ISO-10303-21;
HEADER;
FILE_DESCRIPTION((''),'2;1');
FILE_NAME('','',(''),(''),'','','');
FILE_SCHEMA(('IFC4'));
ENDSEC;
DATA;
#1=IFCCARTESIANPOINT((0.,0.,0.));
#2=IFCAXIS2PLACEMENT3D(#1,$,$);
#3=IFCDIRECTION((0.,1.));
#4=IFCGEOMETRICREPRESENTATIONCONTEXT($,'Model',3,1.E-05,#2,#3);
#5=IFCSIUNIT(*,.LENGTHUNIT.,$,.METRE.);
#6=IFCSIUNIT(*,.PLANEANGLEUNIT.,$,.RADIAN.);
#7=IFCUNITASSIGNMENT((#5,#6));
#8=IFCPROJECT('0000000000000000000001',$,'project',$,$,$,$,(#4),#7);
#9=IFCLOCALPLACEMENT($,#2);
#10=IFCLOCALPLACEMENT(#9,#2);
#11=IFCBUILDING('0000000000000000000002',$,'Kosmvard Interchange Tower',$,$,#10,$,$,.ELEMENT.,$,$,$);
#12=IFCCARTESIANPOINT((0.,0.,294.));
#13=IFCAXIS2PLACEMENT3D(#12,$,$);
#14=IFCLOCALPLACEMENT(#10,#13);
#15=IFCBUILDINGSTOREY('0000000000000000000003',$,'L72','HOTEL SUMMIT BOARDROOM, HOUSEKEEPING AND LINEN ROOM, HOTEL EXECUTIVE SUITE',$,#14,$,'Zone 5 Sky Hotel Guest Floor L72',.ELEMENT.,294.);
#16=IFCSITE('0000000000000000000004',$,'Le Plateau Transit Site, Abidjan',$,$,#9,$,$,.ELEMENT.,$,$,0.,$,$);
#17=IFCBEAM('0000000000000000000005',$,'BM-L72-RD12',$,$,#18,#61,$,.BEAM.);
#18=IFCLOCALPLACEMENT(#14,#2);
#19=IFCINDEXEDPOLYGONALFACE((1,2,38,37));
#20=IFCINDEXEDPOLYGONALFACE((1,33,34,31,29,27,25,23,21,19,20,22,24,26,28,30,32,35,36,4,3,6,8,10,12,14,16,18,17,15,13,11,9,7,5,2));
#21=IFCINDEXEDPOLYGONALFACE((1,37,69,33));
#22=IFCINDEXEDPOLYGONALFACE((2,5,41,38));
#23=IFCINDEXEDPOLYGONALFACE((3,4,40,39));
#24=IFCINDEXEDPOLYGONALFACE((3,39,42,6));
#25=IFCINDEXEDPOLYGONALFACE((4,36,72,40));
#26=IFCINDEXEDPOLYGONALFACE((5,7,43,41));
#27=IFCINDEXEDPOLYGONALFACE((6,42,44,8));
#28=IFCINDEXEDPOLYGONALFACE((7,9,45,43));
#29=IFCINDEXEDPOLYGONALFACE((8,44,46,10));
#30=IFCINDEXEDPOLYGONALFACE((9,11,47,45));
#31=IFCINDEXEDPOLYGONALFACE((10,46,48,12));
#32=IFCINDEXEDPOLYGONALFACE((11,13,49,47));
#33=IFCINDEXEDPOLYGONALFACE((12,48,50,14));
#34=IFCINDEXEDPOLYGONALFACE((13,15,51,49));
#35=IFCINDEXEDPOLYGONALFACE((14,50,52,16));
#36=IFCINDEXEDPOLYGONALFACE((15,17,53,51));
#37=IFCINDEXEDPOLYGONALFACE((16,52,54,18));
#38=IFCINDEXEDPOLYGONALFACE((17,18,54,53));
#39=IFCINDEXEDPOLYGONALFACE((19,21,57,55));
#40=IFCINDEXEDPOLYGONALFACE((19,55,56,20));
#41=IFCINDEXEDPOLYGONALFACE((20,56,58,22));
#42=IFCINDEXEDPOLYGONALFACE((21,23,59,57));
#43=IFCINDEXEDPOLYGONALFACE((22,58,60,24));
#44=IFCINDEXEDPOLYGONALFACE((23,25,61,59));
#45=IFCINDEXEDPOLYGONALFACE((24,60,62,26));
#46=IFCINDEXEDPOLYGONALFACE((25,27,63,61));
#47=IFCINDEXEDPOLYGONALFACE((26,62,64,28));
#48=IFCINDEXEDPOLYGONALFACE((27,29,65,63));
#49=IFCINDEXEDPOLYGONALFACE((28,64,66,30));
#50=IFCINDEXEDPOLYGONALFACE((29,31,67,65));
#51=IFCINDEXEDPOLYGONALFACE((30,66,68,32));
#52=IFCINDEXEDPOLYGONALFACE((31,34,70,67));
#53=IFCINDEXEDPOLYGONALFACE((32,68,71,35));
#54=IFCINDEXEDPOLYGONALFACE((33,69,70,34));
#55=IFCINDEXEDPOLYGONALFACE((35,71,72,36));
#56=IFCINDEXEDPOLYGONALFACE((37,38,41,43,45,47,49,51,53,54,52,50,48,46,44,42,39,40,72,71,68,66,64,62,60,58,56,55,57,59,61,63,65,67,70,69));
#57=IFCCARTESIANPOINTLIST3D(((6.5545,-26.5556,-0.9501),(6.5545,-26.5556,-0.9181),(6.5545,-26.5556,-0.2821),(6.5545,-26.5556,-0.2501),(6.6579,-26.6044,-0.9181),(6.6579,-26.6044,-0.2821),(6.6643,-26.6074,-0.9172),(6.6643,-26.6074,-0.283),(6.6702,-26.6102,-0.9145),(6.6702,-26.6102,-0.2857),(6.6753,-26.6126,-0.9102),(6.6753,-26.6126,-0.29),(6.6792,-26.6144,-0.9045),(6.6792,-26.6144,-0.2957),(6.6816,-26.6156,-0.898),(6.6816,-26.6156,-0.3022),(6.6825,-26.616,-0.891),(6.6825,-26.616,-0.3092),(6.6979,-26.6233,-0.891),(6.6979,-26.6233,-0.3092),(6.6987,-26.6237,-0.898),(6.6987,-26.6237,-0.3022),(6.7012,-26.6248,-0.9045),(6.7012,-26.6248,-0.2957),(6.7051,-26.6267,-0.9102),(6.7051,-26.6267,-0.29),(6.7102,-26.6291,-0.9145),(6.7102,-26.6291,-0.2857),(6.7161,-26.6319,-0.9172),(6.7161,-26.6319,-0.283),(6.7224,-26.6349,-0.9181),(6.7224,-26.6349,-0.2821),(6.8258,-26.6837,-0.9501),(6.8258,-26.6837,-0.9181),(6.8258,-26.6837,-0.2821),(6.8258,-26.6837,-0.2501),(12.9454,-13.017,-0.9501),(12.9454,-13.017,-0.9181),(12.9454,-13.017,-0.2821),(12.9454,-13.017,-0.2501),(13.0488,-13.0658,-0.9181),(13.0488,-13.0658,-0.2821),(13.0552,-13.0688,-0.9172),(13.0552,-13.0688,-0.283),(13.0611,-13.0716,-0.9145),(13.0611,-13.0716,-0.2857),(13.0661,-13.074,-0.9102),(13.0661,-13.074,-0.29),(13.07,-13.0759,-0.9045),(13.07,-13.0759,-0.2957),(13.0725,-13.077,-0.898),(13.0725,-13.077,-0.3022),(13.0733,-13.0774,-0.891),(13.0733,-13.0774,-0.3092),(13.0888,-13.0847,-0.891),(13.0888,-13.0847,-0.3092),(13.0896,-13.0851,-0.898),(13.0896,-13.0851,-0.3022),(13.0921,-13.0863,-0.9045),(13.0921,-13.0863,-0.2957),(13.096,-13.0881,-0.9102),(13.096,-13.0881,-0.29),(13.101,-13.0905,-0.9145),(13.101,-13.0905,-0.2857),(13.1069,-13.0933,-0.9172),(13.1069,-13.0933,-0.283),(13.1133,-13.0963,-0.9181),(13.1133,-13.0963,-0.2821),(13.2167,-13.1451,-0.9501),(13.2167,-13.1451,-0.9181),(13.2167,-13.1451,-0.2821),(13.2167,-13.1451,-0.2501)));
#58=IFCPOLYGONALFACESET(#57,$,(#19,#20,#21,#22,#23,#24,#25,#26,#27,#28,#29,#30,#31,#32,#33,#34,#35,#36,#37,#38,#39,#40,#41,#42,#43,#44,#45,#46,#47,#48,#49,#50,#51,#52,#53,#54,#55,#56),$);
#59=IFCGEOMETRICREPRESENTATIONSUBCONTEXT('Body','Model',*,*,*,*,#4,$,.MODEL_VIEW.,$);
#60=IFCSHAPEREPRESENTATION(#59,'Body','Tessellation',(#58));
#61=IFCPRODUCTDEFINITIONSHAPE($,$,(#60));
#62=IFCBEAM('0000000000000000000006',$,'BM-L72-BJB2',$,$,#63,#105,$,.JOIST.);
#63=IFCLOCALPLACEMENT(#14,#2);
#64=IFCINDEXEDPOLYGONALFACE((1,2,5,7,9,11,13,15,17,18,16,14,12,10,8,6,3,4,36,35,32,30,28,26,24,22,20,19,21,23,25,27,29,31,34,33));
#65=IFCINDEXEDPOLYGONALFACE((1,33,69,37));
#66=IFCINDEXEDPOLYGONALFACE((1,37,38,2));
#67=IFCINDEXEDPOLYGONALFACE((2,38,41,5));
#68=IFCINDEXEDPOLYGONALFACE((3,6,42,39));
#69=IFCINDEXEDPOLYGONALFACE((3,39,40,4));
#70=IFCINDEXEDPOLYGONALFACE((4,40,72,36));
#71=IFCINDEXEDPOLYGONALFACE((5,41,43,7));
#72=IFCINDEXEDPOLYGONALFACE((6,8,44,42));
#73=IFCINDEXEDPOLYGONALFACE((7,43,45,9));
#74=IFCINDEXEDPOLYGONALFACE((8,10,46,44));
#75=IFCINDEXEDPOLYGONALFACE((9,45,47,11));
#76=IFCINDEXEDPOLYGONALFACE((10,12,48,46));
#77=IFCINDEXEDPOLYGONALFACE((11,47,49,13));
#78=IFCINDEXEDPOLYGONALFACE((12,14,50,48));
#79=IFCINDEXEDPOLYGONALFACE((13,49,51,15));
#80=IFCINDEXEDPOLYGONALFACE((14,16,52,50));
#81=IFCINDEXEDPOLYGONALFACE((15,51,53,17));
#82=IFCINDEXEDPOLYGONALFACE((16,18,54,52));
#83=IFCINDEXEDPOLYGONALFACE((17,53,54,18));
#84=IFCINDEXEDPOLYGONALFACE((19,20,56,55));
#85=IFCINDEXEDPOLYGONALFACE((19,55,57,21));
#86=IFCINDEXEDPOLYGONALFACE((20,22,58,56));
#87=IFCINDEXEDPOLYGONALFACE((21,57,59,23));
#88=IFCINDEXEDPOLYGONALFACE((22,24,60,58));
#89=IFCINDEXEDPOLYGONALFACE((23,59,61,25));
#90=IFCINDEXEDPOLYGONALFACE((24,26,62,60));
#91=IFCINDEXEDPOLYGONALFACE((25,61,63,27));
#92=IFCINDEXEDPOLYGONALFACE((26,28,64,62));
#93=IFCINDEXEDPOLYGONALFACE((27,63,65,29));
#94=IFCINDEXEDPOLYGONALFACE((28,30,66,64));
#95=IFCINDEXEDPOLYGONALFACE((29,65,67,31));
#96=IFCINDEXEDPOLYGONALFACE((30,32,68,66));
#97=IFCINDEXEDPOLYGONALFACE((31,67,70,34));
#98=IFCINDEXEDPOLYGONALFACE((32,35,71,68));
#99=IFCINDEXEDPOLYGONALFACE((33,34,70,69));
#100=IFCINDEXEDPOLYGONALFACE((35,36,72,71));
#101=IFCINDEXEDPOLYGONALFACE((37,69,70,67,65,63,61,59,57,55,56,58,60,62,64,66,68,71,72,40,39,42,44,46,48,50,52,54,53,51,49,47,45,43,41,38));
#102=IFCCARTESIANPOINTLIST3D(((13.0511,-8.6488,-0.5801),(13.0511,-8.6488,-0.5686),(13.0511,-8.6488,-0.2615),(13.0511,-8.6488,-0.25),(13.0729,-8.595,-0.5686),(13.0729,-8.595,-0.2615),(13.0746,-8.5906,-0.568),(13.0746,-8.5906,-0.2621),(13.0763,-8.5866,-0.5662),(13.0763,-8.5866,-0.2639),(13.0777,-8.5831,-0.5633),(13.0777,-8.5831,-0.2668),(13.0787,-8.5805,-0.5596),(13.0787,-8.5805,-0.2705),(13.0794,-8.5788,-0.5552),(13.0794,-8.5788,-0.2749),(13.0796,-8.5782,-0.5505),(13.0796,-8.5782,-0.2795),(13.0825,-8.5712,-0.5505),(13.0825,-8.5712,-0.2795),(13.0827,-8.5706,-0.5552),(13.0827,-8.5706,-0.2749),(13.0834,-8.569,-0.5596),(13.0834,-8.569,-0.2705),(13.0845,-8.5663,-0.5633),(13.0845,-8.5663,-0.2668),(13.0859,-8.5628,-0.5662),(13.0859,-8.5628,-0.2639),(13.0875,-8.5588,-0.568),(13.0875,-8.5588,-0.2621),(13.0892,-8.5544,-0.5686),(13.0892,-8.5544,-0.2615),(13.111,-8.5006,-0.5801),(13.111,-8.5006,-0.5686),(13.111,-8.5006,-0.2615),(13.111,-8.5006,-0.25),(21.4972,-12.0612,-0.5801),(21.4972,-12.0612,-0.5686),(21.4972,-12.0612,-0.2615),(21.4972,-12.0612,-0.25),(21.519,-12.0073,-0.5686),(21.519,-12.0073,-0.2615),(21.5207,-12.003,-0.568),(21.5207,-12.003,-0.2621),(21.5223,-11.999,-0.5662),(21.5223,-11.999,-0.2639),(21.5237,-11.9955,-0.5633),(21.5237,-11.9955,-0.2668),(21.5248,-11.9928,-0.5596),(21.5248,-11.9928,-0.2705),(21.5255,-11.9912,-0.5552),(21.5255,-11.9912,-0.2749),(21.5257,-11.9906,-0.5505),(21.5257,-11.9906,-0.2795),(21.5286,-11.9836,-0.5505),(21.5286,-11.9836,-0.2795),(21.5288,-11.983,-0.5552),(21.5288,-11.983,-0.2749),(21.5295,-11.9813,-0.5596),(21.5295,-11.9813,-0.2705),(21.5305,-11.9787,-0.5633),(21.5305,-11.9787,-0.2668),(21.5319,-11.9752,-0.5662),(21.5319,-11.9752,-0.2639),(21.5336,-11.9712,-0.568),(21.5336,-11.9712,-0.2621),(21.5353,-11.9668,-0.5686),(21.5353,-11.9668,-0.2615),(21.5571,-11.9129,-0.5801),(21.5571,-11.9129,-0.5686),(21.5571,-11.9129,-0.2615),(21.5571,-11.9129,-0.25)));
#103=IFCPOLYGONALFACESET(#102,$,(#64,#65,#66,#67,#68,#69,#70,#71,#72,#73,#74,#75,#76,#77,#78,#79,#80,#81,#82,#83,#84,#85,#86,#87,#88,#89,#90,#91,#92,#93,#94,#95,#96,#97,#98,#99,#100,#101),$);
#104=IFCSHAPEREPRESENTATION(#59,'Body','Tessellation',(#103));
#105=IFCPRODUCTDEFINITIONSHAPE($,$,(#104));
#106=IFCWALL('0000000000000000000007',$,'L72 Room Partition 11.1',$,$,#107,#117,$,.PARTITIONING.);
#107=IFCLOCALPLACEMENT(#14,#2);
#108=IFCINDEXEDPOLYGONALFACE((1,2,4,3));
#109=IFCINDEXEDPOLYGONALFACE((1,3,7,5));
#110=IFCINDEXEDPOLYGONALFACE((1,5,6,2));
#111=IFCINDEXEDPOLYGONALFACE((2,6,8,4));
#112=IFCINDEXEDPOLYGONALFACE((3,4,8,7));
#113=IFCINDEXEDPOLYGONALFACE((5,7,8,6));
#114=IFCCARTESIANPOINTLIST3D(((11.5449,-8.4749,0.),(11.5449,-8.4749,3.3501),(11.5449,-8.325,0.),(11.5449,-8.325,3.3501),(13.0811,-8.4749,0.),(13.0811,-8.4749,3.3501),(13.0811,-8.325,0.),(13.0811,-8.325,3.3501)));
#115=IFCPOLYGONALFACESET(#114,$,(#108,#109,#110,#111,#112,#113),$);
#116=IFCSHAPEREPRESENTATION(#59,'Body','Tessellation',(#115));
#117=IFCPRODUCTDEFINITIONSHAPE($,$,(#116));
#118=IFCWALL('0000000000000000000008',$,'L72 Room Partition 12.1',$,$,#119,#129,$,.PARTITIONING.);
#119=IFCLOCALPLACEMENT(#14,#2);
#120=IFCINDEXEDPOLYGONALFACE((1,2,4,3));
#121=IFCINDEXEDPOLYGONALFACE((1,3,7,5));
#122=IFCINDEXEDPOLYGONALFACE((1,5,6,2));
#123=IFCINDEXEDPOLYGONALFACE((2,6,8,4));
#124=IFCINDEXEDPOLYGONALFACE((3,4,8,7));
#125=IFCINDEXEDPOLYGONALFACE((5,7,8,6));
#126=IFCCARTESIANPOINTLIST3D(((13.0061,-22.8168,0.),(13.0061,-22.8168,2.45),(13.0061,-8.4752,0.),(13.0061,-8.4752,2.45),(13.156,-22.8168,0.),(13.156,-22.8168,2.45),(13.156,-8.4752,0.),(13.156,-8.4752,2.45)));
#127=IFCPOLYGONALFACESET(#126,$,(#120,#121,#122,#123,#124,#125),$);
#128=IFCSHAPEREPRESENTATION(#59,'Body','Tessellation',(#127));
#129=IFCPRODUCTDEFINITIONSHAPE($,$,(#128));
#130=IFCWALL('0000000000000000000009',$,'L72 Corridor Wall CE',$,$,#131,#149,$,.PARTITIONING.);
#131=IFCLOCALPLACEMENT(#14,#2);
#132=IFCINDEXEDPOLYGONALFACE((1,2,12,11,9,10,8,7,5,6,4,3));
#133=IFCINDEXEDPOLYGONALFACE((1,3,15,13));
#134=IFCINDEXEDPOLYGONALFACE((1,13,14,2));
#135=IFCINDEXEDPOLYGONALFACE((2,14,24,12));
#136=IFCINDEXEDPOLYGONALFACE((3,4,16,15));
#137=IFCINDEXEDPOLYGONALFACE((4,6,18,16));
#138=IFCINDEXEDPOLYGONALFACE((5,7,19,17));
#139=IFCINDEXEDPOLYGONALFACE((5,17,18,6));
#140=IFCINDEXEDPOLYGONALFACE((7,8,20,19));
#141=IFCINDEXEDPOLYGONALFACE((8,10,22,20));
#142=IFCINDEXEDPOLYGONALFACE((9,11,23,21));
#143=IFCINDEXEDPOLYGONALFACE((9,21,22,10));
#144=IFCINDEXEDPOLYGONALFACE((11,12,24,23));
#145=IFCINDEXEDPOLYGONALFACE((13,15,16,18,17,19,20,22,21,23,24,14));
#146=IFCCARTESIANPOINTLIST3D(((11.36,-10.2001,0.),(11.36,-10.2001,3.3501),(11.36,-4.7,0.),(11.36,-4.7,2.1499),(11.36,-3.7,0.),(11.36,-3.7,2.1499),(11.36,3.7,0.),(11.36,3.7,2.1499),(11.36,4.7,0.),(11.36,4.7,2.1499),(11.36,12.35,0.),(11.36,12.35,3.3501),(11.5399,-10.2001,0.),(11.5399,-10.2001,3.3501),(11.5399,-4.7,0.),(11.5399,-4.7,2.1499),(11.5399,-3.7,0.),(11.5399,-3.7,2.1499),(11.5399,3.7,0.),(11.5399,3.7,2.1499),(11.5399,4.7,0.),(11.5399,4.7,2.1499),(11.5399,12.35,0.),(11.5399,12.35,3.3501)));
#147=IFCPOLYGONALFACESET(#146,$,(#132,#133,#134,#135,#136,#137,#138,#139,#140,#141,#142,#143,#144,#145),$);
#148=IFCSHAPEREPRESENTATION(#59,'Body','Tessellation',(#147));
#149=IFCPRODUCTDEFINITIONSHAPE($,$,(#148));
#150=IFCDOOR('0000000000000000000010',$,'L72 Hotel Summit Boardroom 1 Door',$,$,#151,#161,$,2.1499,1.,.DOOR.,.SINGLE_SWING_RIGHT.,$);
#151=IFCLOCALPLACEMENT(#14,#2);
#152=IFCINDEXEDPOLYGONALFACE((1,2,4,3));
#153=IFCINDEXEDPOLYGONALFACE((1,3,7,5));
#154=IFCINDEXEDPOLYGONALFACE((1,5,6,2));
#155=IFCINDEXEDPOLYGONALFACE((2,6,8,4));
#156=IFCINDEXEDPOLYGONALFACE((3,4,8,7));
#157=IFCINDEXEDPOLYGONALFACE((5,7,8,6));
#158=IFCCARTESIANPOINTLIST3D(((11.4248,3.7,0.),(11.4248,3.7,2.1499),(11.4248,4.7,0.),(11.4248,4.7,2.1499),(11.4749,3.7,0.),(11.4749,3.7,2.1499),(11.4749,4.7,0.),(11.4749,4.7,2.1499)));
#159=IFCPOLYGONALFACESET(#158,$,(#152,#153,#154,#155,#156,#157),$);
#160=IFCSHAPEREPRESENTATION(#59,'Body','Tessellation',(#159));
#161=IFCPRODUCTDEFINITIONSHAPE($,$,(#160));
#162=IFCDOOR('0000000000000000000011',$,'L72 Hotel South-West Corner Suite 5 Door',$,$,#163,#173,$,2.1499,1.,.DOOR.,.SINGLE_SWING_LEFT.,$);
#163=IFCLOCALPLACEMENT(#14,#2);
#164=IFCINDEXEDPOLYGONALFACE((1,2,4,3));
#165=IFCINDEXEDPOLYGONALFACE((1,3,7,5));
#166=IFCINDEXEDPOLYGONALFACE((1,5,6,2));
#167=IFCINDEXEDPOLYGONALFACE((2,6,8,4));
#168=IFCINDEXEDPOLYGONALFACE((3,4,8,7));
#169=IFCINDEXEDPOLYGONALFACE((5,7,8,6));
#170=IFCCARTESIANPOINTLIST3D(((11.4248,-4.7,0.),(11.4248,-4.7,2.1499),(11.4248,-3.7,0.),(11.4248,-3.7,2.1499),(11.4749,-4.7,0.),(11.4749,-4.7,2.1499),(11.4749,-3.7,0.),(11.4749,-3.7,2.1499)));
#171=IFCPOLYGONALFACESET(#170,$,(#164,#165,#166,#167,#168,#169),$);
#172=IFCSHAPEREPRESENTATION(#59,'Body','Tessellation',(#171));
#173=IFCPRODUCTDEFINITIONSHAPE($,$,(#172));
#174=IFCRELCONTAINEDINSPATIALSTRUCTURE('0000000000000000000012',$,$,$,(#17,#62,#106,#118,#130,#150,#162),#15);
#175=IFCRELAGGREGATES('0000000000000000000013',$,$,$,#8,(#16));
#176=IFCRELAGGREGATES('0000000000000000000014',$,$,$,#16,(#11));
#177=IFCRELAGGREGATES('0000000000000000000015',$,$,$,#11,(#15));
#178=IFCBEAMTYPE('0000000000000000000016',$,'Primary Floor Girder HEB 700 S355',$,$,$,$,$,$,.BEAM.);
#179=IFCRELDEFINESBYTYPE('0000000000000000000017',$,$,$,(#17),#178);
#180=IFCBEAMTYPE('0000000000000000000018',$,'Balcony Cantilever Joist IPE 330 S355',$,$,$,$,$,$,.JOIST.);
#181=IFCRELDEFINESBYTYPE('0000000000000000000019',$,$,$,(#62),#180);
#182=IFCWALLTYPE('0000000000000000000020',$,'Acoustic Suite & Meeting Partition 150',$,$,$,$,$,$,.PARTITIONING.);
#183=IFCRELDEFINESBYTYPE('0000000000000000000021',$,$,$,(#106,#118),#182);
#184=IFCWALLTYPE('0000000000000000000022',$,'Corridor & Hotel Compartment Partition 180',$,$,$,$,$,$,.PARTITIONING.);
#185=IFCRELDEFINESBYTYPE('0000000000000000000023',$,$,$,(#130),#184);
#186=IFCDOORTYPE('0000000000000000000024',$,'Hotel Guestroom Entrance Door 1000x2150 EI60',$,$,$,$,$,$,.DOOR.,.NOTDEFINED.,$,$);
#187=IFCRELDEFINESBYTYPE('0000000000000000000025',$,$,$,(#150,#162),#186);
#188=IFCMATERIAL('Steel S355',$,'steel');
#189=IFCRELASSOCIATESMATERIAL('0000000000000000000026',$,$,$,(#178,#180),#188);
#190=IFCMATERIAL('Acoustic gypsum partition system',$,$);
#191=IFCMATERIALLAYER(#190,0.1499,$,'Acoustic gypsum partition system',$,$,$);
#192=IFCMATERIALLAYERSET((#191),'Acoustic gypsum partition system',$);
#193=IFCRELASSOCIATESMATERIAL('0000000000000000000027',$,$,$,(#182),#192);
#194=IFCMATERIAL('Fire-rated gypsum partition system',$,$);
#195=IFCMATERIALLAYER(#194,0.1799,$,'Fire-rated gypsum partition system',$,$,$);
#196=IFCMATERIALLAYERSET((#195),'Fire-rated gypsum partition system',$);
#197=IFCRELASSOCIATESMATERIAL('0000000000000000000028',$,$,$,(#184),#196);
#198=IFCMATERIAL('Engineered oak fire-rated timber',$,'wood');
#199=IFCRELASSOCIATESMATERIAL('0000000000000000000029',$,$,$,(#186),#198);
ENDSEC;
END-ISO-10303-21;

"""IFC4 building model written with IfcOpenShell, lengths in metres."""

from ifc_helpers import new_model, si_unit, direction, frame, frame_2d, origin, origin_2d, place, context, subcontext, project, spatial, rectangle, i_section, extrude, source, transform, mapped, material, layer, layer_set, material_profile, profile_set, type_object, element, fill, save


model = new_model("IFC4")

# Units and contexts
model_context = context("Model", 3, precision=1e-05, world=origin(), true_north=direction((0.0, 1.0)))
body_context = subcontext(model_context, "Body", "Model", "MODEL_VIEW")
ifc_project = project(units=[si_unit("LENGTHUNIT", "METRE"), si_unit("PLANEANGLEUNIT", "RADIAN")], contexts=[model_context])

# Site, building, storey
site_placement = place(None, origin())
site = spatial("IfcSite", under=ifc_project, at=site_placement, Name="Le Plateau Transit Site, Abidjan", CompositionType="ELEMENT", RefElevation=0.0)
building_placement = place(site_placement, origin())
building = spatial("IfcBuilding", under=site, at=building_placement, Name="Kosmvard Interchange Tower", CompositionType="ELEMENT")
storey_placement = place(building_placement, frame((0.0, 0.0, 294.0)))
storey = spatial("IfcBuildingStorey", under=building, at=storey_placement, Name="L72", Description="HOTEL SUMMIT BOARDROOM, HOUSEKEEPING AND LINEN ROOM, HOTEL EXECUTIVE SUITE", LongName="Zone 5 Sky Hotel Guest Floor L72", CompositionType="ELEMENT", Elevation=294.0)

# Beams
ifc_material_1 = material(Name="Steel S355", Category="steel")
ifc_material_profile_1 = material_profile(ifc_material_1, i_section(OverallWidth=0.3, OverallDepth=0.7, WebThickness=0.0171, FlangeThickness=0.032, FilletRadius=0.0271, at=origin_2d()), Name="HEB 700")
ifc_profile_set_1 = profile_set([ifc_material_profile_1], Name="Steel S355")
beam_type_1 = type_object("IfcBeamType", Name="Primary Floor Girder HEB 700 S355", PredefinedType="BEAM", material=ifc_profile_set_1)
shared_shape_1 = source(origin(), body_context, "Body", "SweptSolid", [
    extrude(i_section(OverallWidth=0.3, OverallDepth=0.7, WebThickness=0.0171, FlangeThickness=0.032, FilletRadius=0.0271, at=origin_2d()), origin(), (0.0, 0.0, 1.0), 14.9712),
])
beam_1_placement = place(storey_placement, frame((13.0811, -13.0811, -0.6001), z_axis=(-0.426878, -0.904309, 0.0), x_axis=(0.904309, -0.426878, 0.0)))
element("IfcBeam", 1, at=beam_1_placement, inside=storey, type_object=beam_type_1, Name="BM-L72-RD12", PredefinedType="BEAM", context=body_context, shape_type="MappedRepresentation", body=[
    mapped(shared_shape_1, transform((0.0, 0.0, 0.0), scale=1.0)),
])
ifc_material_profile_2 = material_profile(ifc_material_1, i_section(OverallWidth=0.1599, OverallDepth=0.3301, WebThickness=0.0076, FlangeThickness=0.0115, FilletRadius=0.0181, at=origin_2d()), Name="IPE 330")
ifc_profile_set_2 = profile_set([ifc_material_profile_2], Name="Steel S355")
beam_type_2 = type_object("IfcBeamType", Name="Balcony Cantilever Joist IPE 330 S355", PredefinedType="JOIST", material=ifc_profile_set_2)
shared_shape_2 = source(origin(), body_context, "Body", "SweptSolid", [
    extrude(i_section(OverallWidth=0.1599, OverallDepth=0.3301, WebThickness=0.0076, FlangeThickness=0.0115, FilletRadius=0.0181, at=origin_2d()), origin(), (0.0, 0.0, 1.0), 9.1094),
])
beam_2_placement = place(storey_placement, frame((13.0811, -8.5747, -0.415), z_axis=(0.927187, -0.3746, 0.0), x_axis=(0.3746, 0.927187, 0.0)))
element("IfcBeam", 2, at=beam_2_placement, inside=storey, type_object=beam_type_2, Name="BM-L72-BJB2", PredefinedType="JOIST", context=body_context, shape_type="MappedRepresentation", body=[
    mapped(shared_shape_2, transform((0.0, 0.0, 0.0), scale=1.0)),
])

# Walls
ifc_material_2 = material(Name="Acoustic gypsum partition system")
ifc_layer_1 = layer(ifc_material_2, 0.1499, Name="Acoustic gypsum partition system")
ifc_layer_set_1 = layer_set([ifc_layer_1], Name="Acoustic gypsum partition system")
wall_type_1 = type_object("IfcWallType", Name="Acoustic Suite & Meeting Partition 150", PredefinedType="PARTITIONING", material=ifc_layer_set_1)
wall_1_placement = place(storey_placement, frame((11.5449, -8.3999, 0.0), z_axis=(0.0, 0.0, 1.0), x_axis=(1.0, 0.0, 0.0)))
element("IfcWall", 3, at=wall_1_placement, inside=storey, type_object=wall_type_1, Name="L72 Room Partition 11.1", PredefinedType="PARTITIONING", context=body_context, shape_type="SweptSolid", body=[
    extrude(rectangle(XDim=1.5361, YDim=0.1499, at=frame_2d((0.7681, 0.0))), origin(), (0.0, 0.0, 1.0), 3.3501),
])
wall_2_placement = place(storey_placement, frame((13.0811, -8.4751, 0.0), z_axis=(0.0, 0.0, 1.0), x_axis=(0.0, -1.0, 0.0)))
element("IfcWall", 4, at=wall_2_placement, inside=storey, type_object=wall_type_1, Name="L72 Room Partition 12.1", PredefinedType="PARTITIONING", context=body_context, shape_type="SweptSolid", body=[
    extrude(rectangle(XDim=14.3416, YDim=0.1499, at=frame_2d((7.1709, 0.0))), origin(), (0.0, 0.0, 1.0), 2.45),
])

# Wall, openings, doors
ifc_material_3 = material(Name="Fire-rated gypsum partition system")
ifc_layer_2 = layer(ifc_material_3, 0.1799, Name="Fire-rated gypsum partition system")
ifc_layer_set_2 = layer_set([ifc_layer_2], Name="Fire-rated gypsum partition system")
wall_type_2 = type_object("IfcWallType", Name="Corridor & Hotel Compartment Partition 180", PredefinedType="PARTITIONING", material=ifc_layer_set_2)
wall_3_placement = place(storey_placement, frame((11.45, -10.2, 0.0), z_axis=(0.0, 0.0, 1.0), x_axis=(0.0, 1.0, 0.0)))
wall_3 = element("IfcWall", 5, at=wall_3_placement, inside=storey, type_object=wall_type_2, Name="L72 Corridor Wall CE", PredefinedType="PARTITIONING", context=body_context, shape_type="SweptSolid", body=[
    extrude(rectangle(XDim=22.55, YDim=0.1799, at=frame_2d((11.2749, 0.0))), origin(), (0.0, 0.0, 1.0), 3.3501),
])
opening_1_placement = place(wall_3_placement, frame((13.8999, 0.0, 0.0)))
opening_1 = element("IfcOpeningElement", 6, at=opening_1_placement, cuts=wall_3, PredefinedType="OPENING", context=body_context, shape_type="SweptSolid", body=[
    extrude(rectangle(XDim=1.0, YDim=2.1499, at=frame_2d((0.5, 1.075))), frame((0.0, 0.1001, 0.0), z_axis=(0.0, -1.0, 0.0), x_axis=(1.0, 0.0, 0.0)), (0.0, 0.0, 1.0), 0.2),
])
opening_2_placement = place(wall_3_placement, frame((5.5, 0.0, 0.0)))
opening_2 = element("IfcOpeningElement", 7, at=opening_2_placement, cuts=wall_3, PredefinedType="OPENING", context=body_context, shape_type="SweptSolid", body=[
    extrude(rectangle(XDim=1.0, YDim=2.1499, at=frame_2d((0.5, 1.075))), frame((0.0, 0.1001, 0.0), z_axis=(0.0, -1.0, 0.0), x_axis=(1.0, 0.0, 0.0)), (0.0, 0.0, 1.0), 0.2),
])
ifc_material_4 = material(Name="Engineered oak fire-rated timber", Category="wood")
door_type_1 = type_object("IfcDoorType", Name="Hotel Guestroom Entrance Door 1000x2150 EI60", OperationType="NOTDEFINED", PredefinedType="DOOR", material=ifc_material_4)
shared_shape_3 = source(origin(), body_context, "Body", "SweptSolid", [
    extrude(rectangle(XDim=1.0, YDim=2.1499, at=frame_2d((0.5, 1.075))), frame((0.0, 0.0249, 0.0), z_axis=(0.0, -1.0, 0.0), x_axis=(1.0, 0.0, 0.0)), (0.0, 0.0, 1.0), 0.05),
])
door_1_placement = place(opening_1_placement, frame((1.0, 0.0, 0.0), z_axis=(0.0, 0.0, 1.0), x_axis=(-1.0, 0.0, 0.0)))
door_1 = element("IfcDoor", 8, at=door_1_placement, inside=storey, type_object=door_type_1, Name="L72 Hotel Summit Boardroom 1 Door", OperationType="SINGLE_SWING_RIGHT", OverallHeight=2.1499, OverallWidth=1.0, PredefinedType="DOOR", context=body_context, shape_type="MappedRepresentation", body=[
    mapped(shared_shape_3, transform((0.0, 0.0, 0.0), scale=1.0)),
])
fill(opening_1, door_1)
door_2_placement = place(opening_2_placement, frame((1.0, 0.0, 0.0), z_axis=(0.0, 0.0, 1.0), x_axis=(-1.0, 0.0, 0.0)))
door_2 = element("IfcDoor", 9, at=door_2_placement, inside=storey, type_object=door_type_1, Name="L72 Hotel South-West Corner Suite 5 Door", OperationType="SINGLE_SWING_LEFT", OverallHeight=2.1499, OverallWidth=1.0, PredefinedType="DOOR", context=body_context, shape_type="MappedRepresentation", body=[
    mapped(shared_shape_3, transform((0.0, 0.0, 0.0), scale=1.0)),
])
fill(opening_2, door_2)

save(model, "model.ifc")
